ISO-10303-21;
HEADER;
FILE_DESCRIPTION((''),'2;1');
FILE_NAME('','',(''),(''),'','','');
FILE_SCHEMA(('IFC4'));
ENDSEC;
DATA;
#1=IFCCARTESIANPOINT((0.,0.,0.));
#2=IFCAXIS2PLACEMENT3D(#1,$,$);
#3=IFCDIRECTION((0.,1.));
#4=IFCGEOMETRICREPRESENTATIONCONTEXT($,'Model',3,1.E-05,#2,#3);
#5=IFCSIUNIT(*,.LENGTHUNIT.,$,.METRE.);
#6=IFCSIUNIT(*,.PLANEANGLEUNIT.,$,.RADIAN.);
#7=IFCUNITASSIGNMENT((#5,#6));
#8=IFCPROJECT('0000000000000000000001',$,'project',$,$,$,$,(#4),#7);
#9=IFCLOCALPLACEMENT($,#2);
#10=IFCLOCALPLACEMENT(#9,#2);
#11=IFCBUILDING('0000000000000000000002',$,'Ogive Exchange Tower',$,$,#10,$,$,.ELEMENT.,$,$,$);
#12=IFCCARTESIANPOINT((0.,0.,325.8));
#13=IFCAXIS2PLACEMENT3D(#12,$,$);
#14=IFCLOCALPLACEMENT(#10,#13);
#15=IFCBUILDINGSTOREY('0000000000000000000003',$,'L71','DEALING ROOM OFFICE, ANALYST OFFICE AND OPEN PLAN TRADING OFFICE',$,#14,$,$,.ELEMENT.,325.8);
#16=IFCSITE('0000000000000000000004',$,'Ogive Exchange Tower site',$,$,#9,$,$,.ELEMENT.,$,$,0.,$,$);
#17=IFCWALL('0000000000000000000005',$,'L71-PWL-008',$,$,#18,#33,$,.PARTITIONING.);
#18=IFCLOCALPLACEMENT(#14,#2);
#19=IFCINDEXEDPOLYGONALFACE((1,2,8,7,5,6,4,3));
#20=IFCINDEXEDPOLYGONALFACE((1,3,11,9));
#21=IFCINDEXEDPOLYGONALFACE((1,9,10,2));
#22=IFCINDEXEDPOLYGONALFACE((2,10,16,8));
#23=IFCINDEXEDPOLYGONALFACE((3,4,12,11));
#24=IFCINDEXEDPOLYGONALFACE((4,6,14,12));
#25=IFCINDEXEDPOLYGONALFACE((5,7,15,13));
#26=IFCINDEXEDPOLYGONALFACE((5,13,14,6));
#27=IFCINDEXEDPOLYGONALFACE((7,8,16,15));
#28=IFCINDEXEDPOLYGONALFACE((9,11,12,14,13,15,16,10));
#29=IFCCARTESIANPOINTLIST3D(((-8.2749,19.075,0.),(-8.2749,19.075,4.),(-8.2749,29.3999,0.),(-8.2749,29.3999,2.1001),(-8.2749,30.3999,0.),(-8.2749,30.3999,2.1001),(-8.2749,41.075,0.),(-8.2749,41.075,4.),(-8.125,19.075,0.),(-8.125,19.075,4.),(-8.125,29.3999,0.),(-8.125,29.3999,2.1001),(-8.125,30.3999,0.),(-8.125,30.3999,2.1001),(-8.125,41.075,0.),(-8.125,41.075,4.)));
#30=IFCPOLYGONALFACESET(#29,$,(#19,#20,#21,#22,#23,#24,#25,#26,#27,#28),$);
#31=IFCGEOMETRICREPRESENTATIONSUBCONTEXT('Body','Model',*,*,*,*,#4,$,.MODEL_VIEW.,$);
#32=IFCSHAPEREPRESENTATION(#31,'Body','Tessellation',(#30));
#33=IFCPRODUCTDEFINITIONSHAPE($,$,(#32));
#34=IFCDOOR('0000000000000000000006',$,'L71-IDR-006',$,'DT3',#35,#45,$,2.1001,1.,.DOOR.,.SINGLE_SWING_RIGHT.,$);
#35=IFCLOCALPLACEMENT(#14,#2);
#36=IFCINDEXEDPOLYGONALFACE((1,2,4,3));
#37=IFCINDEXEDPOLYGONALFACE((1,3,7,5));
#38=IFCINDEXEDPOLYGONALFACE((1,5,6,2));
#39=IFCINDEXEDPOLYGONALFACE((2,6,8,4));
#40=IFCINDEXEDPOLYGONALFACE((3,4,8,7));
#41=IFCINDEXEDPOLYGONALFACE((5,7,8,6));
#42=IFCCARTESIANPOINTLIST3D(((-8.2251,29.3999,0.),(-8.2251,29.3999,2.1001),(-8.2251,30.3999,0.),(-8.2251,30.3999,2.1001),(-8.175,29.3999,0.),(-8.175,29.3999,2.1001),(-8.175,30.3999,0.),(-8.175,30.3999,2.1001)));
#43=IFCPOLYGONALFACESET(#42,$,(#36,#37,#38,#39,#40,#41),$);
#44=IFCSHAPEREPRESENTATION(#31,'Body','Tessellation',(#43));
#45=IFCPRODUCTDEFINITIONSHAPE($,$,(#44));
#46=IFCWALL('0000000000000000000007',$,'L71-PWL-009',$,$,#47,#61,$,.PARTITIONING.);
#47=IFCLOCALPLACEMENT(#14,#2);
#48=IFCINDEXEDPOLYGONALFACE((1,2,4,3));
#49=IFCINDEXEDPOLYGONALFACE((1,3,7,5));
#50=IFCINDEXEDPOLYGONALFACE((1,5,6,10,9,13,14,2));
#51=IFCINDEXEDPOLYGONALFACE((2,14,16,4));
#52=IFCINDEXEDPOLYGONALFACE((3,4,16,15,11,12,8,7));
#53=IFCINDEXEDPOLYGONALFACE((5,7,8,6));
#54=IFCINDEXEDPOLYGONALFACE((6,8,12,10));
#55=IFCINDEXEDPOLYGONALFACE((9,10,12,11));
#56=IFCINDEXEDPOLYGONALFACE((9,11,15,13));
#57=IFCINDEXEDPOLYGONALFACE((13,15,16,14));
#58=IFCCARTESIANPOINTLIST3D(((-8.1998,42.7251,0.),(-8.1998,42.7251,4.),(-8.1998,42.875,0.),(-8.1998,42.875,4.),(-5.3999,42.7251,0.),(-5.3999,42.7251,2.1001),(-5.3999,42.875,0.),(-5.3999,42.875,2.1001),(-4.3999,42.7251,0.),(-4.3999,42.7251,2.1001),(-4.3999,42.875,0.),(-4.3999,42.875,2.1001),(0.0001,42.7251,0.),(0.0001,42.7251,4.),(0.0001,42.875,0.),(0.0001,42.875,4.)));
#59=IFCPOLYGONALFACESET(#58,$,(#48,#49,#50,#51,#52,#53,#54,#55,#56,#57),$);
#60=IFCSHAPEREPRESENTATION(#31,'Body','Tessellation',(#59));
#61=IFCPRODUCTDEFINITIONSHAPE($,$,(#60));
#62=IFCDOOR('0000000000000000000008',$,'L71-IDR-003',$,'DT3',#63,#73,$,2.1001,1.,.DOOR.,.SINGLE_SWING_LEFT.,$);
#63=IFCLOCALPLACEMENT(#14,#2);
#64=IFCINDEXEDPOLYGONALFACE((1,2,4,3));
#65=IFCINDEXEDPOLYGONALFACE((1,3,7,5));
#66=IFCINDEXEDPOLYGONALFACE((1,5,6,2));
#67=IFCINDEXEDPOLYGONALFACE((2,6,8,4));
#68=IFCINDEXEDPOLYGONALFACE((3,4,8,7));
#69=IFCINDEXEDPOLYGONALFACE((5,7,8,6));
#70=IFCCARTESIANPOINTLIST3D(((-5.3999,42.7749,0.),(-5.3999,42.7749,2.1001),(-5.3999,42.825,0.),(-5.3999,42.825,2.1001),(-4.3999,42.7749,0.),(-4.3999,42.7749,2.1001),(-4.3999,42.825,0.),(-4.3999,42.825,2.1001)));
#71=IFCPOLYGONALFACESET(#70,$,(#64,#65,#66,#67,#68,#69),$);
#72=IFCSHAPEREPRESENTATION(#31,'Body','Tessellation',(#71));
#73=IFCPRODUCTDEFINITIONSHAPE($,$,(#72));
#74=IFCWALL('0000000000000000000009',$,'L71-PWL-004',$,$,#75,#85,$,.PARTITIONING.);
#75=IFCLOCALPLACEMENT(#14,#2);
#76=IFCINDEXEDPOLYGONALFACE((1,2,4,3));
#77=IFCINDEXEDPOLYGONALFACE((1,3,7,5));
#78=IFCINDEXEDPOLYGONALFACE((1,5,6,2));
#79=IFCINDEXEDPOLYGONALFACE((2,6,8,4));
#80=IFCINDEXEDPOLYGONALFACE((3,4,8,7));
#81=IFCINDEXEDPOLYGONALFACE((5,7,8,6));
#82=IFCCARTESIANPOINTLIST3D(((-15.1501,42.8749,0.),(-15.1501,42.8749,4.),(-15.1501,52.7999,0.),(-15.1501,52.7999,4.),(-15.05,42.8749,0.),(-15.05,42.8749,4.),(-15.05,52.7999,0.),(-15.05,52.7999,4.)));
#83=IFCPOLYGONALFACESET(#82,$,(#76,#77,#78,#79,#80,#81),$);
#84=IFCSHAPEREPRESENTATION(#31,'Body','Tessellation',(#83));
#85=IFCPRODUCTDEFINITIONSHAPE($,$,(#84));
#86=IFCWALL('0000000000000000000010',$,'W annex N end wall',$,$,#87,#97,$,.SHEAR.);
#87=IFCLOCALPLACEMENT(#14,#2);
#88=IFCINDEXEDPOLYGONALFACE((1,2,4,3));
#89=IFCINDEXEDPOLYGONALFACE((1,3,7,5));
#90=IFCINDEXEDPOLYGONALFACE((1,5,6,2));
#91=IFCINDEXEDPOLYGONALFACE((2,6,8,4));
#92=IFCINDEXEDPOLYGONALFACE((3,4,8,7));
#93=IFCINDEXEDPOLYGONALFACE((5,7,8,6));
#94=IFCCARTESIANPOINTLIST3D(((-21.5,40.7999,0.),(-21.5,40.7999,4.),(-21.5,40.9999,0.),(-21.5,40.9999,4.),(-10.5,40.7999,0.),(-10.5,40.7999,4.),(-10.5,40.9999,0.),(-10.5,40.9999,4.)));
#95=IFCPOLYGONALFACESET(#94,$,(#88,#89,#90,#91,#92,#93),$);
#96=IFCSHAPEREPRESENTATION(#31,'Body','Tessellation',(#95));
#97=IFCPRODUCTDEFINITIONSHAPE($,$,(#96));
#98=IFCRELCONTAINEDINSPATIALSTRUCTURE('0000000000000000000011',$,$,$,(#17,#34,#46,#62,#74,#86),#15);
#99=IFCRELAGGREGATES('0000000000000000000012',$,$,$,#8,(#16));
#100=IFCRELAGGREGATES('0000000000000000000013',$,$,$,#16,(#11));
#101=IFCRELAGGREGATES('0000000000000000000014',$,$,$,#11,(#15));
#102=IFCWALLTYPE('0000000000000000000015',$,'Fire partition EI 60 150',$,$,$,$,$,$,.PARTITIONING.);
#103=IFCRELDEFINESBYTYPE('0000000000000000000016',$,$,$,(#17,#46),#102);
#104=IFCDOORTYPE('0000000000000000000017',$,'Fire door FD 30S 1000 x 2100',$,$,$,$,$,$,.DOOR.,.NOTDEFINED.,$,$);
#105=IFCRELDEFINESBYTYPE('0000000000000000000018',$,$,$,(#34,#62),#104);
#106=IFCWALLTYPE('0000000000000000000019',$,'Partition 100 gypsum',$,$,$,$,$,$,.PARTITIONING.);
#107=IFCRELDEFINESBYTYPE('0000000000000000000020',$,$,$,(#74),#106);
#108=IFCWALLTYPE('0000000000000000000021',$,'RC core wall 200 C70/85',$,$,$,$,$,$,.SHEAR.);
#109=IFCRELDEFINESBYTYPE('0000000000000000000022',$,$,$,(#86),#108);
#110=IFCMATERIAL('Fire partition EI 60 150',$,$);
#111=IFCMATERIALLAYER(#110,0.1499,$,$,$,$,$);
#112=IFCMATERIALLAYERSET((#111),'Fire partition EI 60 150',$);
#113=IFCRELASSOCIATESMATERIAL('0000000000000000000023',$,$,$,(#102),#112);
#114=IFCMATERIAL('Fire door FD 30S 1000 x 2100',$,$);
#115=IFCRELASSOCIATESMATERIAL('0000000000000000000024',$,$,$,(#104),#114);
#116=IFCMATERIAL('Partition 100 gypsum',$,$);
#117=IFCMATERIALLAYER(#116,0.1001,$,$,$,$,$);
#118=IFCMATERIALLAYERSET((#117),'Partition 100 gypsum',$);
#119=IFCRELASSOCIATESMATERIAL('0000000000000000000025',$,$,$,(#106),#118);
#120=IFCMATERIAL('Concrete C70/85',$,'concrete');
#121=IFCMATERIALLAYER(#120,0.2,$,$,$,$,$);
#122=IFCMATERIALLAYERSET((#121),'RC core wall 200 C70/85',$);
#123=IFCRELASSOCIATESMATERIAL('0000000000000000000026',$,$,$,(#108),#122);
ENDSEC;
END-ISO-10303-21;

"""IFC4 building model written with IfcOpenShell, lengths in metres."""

from ifc_helpers import new_model, si_unit, direction, frame, frame_2d, origin, place, context, subcontext, project, spatial, rectangle, extrude, material, layer, layer_set, type_object, element, fill, save


model = new_model("IFC4")

# Units and contexts
model_context = context("Model", 3, precision=1e-05, world=origin(), true_north=direction((0.0, 1.0)))
body_context = subcontext(model_context, "Body", "Model", "MODEL_VIEW")
ifc_project = project(units=[si_unit("LENGTHUNIT", "METRE"), si_unit("PLANEANGLEUNIT", "RADIAN")], contexts=[model_context])

# Site, building, storey
site_placement = place(None, origin())
site = spatial("IfcSite", under=ifc_project, at=site_placement, Name="Ogive Exchange Tower site", CompositionType="ELEMENT", RefElevation=0.0)
building_placement = place(site_placement, origin())
building = spatial("IfcBuilding", under=site, at=building_placement, Name="Ogive Exchange Tower", CompositionType="ELEMENT")
storey_placement = place(building_placement, frame((0.0, 0.0, 325.8)))
storey = spatial("IfcBuildingStorey", under=building, at=storey_placement, Name="L71", Description="DEALING ROOM OFFICE, ANALYST OFFICE AND OPEN PLAN TRADING OFFICE", CompositionType="ELEMENT", Elevation=325.8)

# Shared definitions
ifc_material_1 = material(Name="Fire partition EI 60 150")
ifc_layer_1 = layer(ifc_material_1, 0.1499)
ifc_layer_set_1 = layer_set([ifc_layer_1], Name="Fire partition EI 60 150")
wall_type_1 = type_object("IfcWallType", Name="Fire partition EI 60 150", PredefinedType="PARTITIONING", material=ifc_layer_set_1)
ifc_material_2 = material(Name="Fire door FD 30S 1000 x 2100")
door_type = type_object("IfcDoorType", Name="Fire door FD 30S 1000 x 2100", OperationType="NOTDEFINED", PredefinedType="DOOR", material=ifc_material_2)

# Walls, openings, doors
wall_1_placement = place(storey_placement, frame((-8.2, 41.075, 0.0), z_axis=(0.0, 0.0, 1.0), x_axis=(0.0, -1.0, 0.0)))
wall_1 = element("IfcWall", 1, at=wall_1_placement, inside=storey, type_object=wall_type_1, Name="L71-PWL-008", PredefinedType="PARTITIONING", context=body_context, shape_type="SweptSolid", body=[
    extrude(rectangle(XDim=22.0, YDim=0.1499, at=frame_2d((11.0, 0.0))), origin(), (0.0, 0.0, 1.0), 4.0),
])
opening_1_placement = place(wall_1_placement, frame((10.675, 0.0, 0.0)))
opening_1 = element("IfcOpeningElement", 2, at=opening_1_placement, cuts=wall_1, PredefinedType="OPENING", context=body_context, shape_type="SweptSolid", body=[
    extrude(rectangle(XDim=1.0, YDim=2.1001, at=frame_2d((0.5, 1.05))), frame((0.0, 0.085, 0.0), z_axis=(0.0, -1.0, 0.0), x_axis=(1.0, 0.0, 0.0)), (0.0, 0.0, 1.0), 0.1699),
])
door_1_placement = place(opening_1_placement, origin())
door_1 = element("IfcDoor", 3, at=door_1_placement, inside=storey, type_object=door_type, Name="L71-IDR-006", ObjectType="DT3", OperationType="SINGLE_SWING_RIGHT", OverallHeight=2.1001, OverallWidth=1.0, PredefinedType="DOOR", context=body_context, shape_type="SweptSolid", body=[
    extrude(rectangle(XDim=1.0, YDim=2.1001, at=frame_2d((0.5, 1.05))), frame((0.0, 0.0249, 0.0), z_axis=(0.0, -1.0, 0.0), x_axis=(1.0, 0.0, 0.0)), (0.0, 0.0, 1.0), 0.05),
])
fill(opening_1, door_1)
wall_2_placement = place(storey_placement, frame((-8.2, 42.8, 0.0), z_axis=(0.0, 0.0, 1.0), x_axis=(1.0, 0.0, 0.0)))
wall_2 = element("IfcWall", 4, at=wall_2_placement, inside=storey, type_object=wall_type_1, Name="L71-PWL-009", PredefinedType="PARTITIONING", context=body_context, shape_type="SweptSolid", body=[
    extrude(rectangle(XDim=8.2, YDim=0.1499, at=frame_2d((4.1001, 0.0))), origin(), (0.0, 0.0, 1.0), 4.0),
])
opening_2_placement = place(wall_2_placement, frame((2.8, 0.0, 0.0)))
opening_2 = element("IfcOpeningElement", 5, at=opening_2_placement, cuts=wall_2, PredefinedType="OPENING", context=body_context, shape_type="SweptSolid", body=[
    extrude(rectangle(XDim=1.0, YDim=2.1001, at=frame_2d((0.5, 1.05))), frame((0.0, 0.085, 0.0), z_axis=(0.0, -1.0, 0.0), x_axis=(1.0, 0.0, 0.0)), (0.0, 0.0, 1.0), 0.1699),
])
door_2_placement = place(opening_2_placement, origin())
door_2 = element("IfcDoor", 6, at=door_2_placement, inside=storey, type_object=door_type, Name="L71-IDR-003", ObjectType="DT3", OperationType="SINGLE_SWING_LEFT", OverallHeight=2.1001, OverallWidth=1.0, PredefinedType="DOOR", context=body_context, shape_type="SweptSolid", body=[
    extrude(rectangle(XDim=1.0, YDim=2.1001, at=frame_2d((0.5, 1.05))), frame((0.0, 0.0249, 0.0), z_axis=(0.0, -1.0, 0.0), x_axis=(1.0, 0.0, 0.0)), (0.0, 0.0, 1.0), 0.05),
])
fill(opening_2, door_2)

# Walls
ifc_material_3 = material(Name="Partition 100 gypsum")
ifc_layer_2 = layer(ifc_material_3, 0.1001)
ifc_layer_set_2 = layer_set([ifc_layer_2], Name="Partition 100 gypsum")
wall_type_2 = type_object("IfcWallType", Name="Partition 100 gypsum", PredefinedType="PARTITIONING", material=ifc_layer_set_2)
wall_3_placement = place(storey_placement, frame((-15.1001, 42.875, 0.0), z_axis=(0.0, 0.0, 1.0), x_axis=(0.0, 1.0, 0.0)))
element("IfcWall", 7, at=wall_3_placement, inside=storey, type_object=wall_type_2, Name="L71-PWL-004", PredefinedType="PARTITIONING", context=body_context, shape_type="SweptSolid", body=[
    extrude(rectangle(XDim=9.925, YDim=0.1001, at=frame_2d((4.9624, 0.0))), origin(), (0.0, 0.0, 1.0), 4.0),
])
ifc_material_4 = material(Name="Concrete C70/85", Category="concrete")
ifc_layer_3 = layer(ifc_material_4, 0.2)
ifc_layer_set_3 = layer_set([ifc_layer_3], Name="RC core wall 200 C70/85")
wall_type_3 = type_object("IfcWallType", Name="RC core wall 200 C70/85", PredefinedType="SHEAR", material=ifc_layer_set_3)
wall_4_placement = place(storey_placement, frame((-21.5, 40.8999, 0.0), z_axis=(0.0, 0.0, 1.0), x_axis=(1.0, 0.0, 0.0)))
element("IfcWall", 8, at=wall_4_placement, inside=storey, type_object=wall_type_3, Name="W annex N end wall", PredefinedType="SHEAR", context=body_context, shape_type="SweptSolid", body=[
    extrude(rectangle(XDim=11.0, YDim=0.2, at=frame_2d((5.5, 0.0))), origin(), (0.0, 0.0, 1.0), 4.0),
])

save(model, "model.ifc")
